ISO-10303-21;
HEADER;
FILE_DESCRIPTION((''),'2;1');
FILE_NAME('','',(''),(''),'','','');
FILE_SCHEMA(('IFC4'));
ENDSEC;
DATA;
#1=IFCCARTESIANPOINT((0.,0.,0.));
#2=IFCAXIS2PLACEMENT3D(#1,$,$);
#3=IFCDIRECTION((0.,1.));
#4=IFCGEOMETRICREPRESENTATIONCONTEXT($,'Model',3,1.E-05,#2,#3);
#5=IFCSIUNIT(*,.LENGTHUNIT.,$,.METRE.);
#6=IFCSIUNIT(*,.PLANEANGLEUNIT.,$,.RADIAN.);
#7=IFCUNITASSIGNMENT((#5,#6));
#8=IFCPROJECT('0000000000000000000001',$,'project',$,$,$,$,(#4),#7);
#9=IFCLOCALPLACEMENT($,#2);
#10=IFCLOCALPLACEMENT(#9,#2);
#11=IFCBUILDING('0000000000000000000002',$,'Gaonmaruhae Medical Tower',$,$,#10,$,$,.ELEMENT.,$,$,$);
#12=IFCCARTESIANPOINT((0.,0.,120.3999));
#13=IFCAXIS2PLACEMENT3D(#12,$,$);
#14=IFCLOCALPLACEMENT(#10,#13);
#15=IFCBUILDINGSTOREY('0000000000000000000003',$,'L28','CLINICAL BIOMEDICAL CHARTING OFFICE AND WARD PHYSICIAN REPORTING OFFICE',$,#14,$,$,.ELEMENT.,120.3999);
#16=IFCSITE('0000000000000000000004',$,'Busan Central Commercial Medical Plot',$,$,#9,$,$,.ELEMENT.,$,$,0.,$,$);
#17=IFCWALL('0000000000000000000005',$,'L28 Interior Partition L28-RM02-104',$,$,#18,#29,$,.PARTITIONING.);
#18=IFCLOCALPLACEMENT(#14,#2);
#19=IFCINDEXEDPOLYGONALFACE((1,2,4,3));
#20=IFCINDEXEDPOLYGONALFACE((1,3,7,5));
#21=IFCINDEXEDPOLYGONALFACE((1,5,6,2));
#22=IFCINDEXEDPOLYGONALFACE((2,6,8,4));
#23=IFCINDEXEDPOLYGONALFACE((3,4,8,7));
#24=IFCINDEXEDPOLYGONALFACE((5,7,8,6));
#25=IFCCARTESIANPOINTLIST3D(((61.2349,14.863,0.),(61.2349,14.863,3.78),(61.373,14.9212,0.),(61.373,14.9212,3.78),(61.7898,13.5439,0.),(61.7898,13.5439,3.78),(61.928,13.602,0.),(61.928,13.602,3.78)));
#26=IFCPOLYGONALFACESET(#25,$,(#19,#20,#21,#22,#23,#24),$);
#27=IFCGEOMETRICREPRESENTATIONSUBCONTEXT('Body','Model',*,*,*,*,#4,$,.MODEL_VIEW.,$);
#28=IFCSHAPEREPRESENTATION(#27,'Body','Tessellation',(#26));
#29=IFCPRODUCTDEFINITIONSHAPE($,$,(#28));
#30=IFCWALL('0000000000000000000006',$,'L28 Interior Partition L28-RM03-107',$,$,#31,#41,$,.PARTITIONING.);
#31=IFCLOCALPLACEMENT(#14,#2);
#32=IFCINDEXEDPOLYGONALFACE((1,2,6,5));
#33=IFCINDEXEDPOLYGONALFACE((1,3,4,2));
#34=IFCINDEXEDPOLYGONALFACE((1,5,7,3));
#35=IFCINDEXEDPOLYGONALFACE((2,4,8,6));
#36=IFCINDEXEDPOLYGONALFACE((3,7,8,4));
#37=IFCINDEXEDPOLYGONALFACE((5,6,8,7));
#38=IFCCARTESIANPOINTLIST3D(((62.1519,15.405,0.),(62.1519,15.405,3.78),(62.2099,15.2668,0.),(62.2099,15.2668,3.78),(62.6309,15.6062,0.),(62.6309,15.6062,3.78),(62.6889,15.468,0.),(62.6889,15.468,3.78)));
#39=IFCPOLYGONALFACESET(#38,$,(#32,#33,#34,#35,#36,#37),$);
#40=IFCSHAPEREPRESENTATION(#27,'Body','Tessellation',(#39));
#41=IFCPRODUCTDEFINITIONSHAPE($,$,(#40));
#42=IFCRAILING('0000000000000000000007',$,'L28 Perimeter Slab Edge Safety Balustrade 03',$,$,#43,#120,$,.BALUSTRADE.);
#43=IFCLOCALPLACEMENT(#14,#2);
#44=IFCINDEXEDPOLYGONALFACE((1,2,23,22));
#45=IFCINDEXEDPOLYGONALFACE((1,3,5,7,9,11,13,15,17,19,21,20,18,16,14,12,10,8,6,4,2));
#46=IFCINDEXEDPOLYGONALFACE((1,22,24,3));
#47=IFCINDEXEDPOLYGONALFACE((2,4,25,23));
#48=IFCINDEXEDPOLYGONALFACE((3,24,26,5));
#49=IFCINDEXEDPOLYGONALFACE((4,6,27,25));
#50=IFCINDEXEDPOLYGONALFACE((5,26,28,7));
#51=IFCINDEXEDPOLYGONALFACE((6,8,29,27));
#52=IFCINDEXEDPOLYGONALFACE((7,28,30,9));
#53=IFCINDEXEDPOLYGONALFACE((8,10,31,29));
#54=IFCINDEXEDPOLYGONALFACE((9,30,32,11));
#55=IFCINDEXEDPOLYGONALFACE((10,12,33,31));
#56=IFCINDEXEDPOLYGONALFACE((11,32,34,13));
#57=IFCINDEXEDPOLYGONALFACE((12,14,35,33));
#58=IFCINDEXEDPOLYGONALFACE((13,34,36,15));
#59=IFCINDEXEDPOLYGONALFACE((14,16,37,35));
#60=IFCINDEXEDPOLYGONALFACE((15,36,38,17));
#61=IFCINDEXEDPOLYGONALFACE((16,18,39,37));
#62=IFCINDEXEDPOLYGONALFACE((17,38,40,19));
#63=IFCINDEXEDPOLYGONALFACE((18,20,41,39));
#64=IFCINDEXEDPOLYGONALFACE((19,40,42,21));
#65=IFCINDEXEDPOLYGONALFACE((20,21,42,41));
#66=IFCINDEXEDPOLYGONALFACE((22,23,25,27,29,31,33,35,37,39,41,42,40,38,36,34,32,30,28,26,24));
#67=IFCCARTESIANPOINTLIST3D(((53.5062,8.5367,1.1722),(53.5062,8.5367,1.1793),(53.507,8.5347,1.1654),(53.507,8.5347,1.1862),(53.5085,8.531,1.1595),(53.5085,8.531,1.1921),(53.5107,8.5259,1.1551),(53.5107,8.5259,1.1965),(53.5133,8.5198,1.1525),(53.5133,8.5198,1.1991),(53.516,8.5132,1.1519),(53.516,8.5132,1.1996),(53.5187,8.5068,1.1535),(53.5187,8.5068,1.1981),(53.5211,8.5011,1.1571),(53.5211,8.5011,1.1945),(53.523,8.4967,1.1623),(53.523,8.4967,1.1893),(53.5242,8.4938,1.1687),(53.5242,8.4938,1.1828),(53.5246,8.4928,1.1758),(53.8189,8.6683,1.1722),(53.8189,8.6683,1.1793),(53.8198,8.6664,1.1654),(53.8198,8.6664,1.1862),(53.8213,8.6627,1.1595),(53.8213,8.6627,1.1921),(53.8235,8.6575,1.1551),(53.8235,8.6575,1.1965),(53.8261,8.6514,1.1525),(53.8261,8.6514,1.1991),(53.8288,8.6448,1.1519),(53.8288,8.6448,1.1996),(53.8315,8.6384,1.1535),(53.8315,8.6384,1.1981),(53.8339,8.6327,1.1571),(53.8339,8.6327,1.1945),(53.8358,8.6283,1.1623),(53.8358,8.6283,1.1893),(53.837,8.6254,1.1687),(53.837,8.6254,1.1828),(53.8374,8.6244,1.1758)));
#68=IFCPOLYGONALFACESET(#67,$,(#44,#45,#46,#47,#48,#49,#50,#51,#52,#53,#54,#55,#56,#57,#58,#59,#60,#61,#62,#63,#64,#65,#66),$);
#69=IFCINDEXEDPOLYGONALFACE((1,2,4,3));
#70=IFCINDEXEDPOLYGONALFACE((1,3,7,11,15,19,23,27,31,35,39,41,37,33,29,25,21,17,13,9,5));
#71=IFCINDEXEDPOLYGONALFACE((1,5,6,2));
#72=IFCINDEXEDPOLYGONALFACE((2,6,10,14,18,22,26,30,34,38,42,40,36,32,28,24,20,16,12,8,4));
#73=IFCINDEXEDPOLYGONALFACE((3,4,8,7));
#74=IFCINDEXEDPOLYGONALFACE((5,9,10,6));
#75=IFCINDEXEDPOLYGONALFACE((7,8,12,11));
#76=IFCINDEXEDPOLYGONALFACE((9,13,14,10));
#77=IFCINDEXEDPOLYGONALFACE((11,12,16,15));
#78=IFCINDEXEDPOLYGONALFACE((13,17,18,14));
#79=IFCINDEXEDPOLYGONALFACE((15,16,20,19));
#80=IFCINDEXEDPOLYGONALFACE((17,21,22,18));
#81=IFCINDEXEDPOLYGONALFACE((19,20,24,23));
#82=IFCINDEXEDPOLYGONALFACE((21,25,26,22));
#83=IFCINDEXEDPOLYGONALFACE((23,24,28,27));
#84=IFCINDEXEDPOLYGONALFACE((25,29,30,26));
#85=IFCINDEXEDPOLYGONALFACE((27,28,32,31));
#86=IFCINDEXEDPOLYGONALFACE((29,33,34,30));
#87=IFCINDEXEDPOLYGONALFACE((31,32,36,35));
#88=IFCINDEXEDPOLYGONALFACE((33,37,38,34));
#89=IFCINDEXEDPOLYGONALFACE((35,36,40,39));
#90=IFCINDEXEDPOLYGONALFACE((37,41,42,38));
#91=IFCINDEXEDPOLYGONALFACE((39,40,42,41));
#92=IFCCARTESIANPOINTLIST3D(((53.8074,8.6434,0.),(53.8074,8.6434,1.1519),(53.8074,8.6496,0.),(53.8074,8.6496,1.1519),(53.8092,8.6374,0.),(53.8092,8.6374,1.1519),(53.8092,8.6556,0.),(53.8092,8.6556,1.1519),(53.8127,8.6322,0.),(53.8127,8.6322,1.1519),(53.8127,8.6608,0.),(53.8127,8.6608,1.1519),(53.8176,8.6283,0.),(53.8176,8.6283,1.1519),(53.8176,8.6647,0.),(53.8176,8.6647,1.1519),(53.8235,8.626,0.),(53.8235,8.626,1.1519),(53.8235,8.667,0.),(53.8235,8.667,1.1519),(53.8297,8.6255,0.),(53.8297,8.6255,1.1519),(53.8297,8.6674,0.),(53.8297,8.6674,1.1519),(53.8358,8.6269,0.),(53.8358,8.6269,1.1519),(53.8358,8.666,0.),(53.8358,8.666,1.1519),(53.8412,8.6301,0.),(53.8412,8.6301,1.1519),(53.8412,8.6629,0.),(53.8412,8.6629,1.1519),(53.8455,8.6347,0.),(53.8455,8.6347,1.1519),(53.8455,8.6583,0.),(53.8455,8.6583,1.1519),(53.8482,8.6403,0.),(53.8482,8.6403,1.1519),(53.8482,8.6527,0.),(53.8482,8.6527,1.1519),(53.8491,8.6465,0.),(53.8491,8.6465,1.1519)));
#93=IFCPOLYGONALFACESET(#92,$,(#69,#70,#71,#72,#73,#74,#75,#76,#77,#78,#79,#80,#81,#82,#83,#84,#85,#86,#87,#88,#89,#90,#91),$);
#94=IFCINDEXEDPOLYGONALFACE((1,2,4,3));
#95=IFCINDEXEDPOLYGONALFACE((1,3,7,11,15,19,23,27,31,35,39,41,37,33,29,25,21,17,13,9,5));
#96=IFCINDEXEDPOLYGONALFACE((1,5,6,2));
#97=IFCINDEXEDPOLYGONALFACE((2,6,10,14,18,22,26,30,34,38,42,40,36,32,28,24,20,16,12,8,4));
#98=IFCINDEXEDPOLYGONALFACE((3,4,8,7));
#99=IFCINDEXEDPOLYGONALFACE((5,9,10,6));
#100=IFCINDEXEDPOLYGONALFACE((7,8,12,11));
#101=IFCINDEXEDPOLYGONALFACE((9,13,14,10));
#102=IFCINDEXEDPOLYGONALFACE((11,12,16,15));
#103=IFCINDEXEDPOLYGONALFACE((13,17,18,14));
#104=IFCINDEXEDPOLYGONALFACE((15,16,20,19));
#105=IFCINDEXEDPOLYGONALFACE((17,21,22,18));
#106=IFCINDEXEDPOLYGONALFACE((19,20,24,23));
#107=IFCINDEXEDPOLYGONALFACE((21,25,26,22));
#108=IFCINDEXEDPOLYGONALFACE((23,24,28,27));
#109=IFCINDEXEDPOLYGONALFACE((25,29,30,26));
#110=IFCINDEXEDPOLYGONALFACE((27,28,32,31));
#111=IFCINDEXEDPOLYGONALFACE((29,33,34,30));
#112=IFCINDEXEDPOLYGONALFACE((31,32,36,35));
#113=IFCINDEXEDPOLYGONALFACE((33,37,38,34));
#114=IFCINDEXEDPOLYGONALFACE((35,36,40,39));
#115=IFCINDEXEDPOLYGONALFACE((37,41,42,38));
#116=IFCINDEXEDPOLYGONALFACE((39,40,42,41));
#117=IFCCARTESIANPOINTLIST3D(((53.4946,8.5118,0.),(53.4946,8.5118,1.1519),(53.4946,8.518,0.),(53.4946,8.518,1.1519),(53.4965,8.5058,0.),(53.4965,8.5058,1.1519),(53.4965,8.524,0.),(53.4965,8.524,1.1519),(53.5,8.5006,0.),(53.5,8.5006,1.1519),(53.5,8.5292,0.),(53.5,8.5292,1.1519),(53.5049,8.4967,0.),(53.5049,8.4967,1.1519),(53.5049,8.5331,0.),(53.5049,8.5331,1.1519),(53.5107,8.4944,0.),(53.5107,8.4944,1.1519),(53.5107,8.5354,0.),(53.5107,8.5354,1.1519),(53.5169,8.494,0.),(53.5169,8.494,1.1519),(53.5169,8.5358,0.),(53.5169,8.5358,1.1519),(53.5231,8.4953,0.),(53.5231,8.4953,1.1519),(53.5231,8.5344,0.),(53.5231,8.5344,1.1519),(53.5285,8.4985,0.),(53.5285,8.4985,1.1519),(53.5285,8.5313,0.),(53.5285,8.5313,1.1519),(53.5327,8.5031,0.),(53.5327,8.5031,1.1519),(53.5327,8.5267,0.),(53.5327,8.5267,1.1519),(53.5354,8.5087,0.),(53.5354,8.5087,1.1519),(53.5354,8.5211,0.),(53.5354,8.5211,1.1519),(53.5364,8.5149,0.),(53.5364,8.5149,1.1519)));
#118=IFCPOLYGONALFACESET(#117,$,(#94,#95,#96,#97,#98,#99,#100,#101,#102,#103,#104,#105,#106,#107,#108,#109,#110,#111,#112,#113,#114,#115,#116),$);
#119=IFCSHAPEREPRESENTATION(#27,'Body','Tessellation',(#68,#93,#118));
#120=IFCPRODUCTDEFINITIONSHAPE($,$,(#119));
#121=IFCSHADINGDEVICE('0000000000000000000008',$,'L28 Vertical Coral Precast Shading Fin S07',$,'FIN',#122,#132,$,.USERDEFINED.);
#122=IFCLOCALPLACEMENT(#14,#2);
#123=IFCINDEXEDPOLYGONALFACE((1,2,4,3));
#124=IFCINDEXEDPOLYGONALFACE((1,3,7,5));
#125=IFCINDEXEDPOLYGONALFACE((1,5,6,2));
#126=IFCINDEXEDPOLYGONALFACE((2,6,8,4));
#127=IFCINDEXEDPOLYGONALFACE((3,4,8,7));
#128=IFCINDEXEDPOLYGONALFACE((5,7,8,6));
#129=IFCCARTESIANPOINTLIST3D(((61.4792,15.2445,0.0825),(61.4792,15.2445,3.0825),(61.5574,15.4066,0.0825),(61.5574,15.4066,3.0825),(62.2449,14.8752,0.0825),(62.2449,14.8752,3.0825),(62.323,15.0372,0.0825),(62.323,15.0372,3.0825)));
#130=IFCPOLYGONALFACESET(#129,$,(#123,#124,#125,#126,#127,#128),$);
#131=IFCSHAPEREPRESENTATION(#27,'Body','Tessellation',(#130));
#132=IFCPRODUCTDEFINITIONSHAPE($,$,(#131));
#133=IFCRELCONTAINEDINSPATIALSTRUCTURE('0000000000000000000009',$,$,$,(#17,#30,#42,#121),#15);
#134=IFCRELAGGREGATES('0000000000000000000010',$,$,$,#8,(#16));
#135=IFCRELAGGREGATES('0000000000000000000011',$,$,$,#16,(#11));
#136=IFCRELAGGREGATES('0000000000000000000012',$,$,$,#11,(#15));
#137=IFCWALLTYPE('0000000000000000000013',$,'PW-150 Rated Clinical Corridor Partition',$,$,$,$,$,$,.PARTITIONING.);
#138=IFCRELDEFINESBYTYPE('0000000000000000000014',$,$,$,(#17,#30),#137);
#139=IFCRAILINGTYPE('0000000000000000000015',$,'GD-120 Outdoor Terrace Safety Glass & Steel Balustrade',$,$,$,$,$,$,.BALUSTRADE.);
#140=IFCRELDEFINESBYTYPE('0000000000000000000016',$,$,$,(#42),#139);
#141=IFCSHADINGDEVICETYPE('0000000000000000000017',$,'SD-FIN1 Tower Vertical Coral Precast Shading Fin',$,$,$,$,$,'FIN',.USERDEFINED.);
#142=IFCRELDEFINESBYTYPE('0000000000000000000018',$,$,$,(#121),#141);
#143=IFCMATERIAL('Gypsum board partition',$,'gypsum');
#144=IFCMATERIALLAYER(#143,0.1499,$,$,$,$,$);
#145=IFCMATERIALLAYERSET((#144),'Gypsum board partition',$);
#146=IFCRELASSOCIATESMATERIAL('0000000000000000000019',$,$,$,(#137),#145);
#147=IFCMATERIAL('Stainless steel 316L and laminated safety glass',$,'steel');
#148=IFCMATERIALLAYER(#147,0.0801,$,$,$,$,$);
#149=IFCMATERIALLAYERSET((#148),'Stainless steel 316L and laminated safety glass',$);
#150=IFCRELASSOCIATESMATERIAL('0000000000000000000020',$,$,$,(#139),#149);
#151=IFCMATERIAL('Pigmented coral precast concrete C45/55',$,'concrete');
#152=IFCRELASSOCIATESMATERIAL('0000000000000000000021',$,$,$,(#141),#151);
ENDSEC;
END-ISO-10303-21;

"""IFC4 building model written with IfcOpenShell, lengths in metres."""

from ifc_helpers import new_model, si_unit, direction, frame, frame_2d, origin, origin_2d, place, context, subcontext, project, spatial, rectangle, circle, extrude, material, layer, layer_set, type_object, element, save


model = new_model("IFC4")

# Units and contexts
model_context = context("Model", 3, precision=1e-05, world=origin(), true_north=direction((0.0, 1.0)))
body_context = subcontext(model_context, "Body", "Model", "MODEL_VIEW")
ifc_project = project(units=[si_unit("LENGTHUNIT", "METRE"), si_unit("PLANEANGLEUNIT", "RADIAN")], contexts=[model_context])

# Site, building, storey
site_placement = place(None, origin())
site = spatial("IfcSite", under=ifc_project, at=site_placement, Name="Busan Central Commercial Medical Plot", CompositionType="ELEMENT", RefElevation=0.0)
building_placement = place(site_placement, origin())
building = spatial("IfcBuilding", under=site, at=building_placement, Name="Gaonmaruhae Medical Tower", CompositionType="ELEMENT")
storey_placement = place(building_placement, frame((0.0, 0.0, 120.3999)))
storey = spatial("IfcBuildingStorey", under=building, at=storey_placement, Name="L28", Description="CLINICAL BIOMEDICAL CHARTING OFFICE AND WARD PHYSICIAN REPORTING OFFICE", CompositionType="ELEMENT", Elevation=120.3999)

# Walls
ifc_material_1 = material(Name="Gypsum board partition", Category="gypsum")
ifc_layer_1 = layer(ifc_material_1, 0.1499)
ifc_layer_set_1 = layer_set([ifc_layer_1], Name="Gypsum board partition")
wall_type_1 = type_object("IfcWallType", Name="PW-150 Rated Clinical Corridor Partition", PredefinedType="PARTITIONING", material=ifc_layer_set_1)
wall_1_placement = place(storey_placement, frame((61.304, 14.8921, 0.0), z_axis=(0.0, 0.0, 1.0), x_axis=(0.387775, -0.921754, 0.0)))
element("IfcWall", 1, at=wall_1_placement, inside=storey, type_object=wall_type_1, Name="L28 Interior Partition L28-RM02-104", PredefinedType="PARTITIONING", context=body_context, shape_type="SweptSolid", body=[
    extrude(rectangle(XDim=1.4312, YDim=0.1499, at=frame_2d((0.7156, 0.0))), origin(), (0.0, 0.0, 1.0), 3.78),
])
wall_2_placement = place(storey_placement, frame((62.6599, 15.5371, 0.0), z_axis=(0.0, 0.0, 1.0), x_axis=(-0.921989, -0.387217, 0.0)))
element("IfcWall", 2, at=wall_2_placement, inside=storey, type_object=wall_type_1, Name="L28 Interior Partition L28-RM03-107", PredefinedType="PARTITIONING", context=body_context, shape_type="SweptSolid", body=[
    extrude(rectangle(XDim=0.5195, YDim=0.1499, at=frame_2d((0.2598, 0.0))), origin(), (0.0, 0.0, 1.0), 3.78),
])

# Railing
ifc_material_2 = material(Name="Stainless steel 316L and laminated safety glass", Category="steel")
ifc_layer_2 = layer(ifc_material_2, 0.0801)
ifc_layer_set_2 = layer_set([ifc_layer_2], Name="Stainless steel 316L and laminated safety glass")
railing_type = type_object("IfcRailingType", Name="GD-120 Outdoor Terrace Safety Glass & Steel Balustrade", PredefinedType="BALUSTRADE", material=ifc_layer_set_2)
railing_placement = place(storey_placement, frame((53.8281, 8.6465, 0.0)))
element("IfcRailing", 3, at=railing_placement, inside=storey, type_object=railing_type, Name="L28 Perimeter Slab Edge Safety Balustrade 03", PredefinedType="BALUSTRADE", context=body_context, shape_type="SweptSolid", body=[
    extrude(circle(Radius=0.0239, at=origin_2d()), frame((0.0, 0.0, 1.1758), z_axis=(-0.92173, -0.387832, 0.0), x_axis=(0.387832, -0.92173, 0.0)), (0.0, 0.0, 1.0), 0.3394),
    extrude(circle(Radius=0.021, at=origin_2d()), origin(), (0.0, 0.0, 1.0), 1.1519),
    extrude(circle(Radius=0.021, at=origin_2d()), frame((-0.3127, -0.1316, 0.0)), (0.0, 0.0, 1.0), 1.1519),
])

# Shading device
ifc_material_3 = material(Name="Pigmented coral precast concrete C45/55", Category="concrete")
shading_device_type = type_object("IfcShadingDeviceType", Name="SD-FIN1 Tower Vertical Coral Precast Shading Fin", ElementType="FIN", PredefinedType="USERDEFINED", material=ifc_material_3)
shading_device_placement = place(storey_placement, frame((61.9011, 15.1409, 0.0825), z_axis=(0.0, 0.0, 1.0), x_axis=(-0.434477, -0.900683, 0.0)))
element("IfcShadingDevice", 4, at=shading_device_placement, inside=storey, type_object=shading_device_type, Name="L28 Vertical Coral Precast Shading Fin S07", ObjectType="FIN", PredefinedType="USERDEFINED", context=body_context, shape_type="SweptSolid", body=[
    extrude(rectangle(XDim=0.1799, YDim=0.8501, at=origin_2d()), origin(), (0.0, 0.0, 1.0), 3.0),
])

save(model, "model.ifc")
